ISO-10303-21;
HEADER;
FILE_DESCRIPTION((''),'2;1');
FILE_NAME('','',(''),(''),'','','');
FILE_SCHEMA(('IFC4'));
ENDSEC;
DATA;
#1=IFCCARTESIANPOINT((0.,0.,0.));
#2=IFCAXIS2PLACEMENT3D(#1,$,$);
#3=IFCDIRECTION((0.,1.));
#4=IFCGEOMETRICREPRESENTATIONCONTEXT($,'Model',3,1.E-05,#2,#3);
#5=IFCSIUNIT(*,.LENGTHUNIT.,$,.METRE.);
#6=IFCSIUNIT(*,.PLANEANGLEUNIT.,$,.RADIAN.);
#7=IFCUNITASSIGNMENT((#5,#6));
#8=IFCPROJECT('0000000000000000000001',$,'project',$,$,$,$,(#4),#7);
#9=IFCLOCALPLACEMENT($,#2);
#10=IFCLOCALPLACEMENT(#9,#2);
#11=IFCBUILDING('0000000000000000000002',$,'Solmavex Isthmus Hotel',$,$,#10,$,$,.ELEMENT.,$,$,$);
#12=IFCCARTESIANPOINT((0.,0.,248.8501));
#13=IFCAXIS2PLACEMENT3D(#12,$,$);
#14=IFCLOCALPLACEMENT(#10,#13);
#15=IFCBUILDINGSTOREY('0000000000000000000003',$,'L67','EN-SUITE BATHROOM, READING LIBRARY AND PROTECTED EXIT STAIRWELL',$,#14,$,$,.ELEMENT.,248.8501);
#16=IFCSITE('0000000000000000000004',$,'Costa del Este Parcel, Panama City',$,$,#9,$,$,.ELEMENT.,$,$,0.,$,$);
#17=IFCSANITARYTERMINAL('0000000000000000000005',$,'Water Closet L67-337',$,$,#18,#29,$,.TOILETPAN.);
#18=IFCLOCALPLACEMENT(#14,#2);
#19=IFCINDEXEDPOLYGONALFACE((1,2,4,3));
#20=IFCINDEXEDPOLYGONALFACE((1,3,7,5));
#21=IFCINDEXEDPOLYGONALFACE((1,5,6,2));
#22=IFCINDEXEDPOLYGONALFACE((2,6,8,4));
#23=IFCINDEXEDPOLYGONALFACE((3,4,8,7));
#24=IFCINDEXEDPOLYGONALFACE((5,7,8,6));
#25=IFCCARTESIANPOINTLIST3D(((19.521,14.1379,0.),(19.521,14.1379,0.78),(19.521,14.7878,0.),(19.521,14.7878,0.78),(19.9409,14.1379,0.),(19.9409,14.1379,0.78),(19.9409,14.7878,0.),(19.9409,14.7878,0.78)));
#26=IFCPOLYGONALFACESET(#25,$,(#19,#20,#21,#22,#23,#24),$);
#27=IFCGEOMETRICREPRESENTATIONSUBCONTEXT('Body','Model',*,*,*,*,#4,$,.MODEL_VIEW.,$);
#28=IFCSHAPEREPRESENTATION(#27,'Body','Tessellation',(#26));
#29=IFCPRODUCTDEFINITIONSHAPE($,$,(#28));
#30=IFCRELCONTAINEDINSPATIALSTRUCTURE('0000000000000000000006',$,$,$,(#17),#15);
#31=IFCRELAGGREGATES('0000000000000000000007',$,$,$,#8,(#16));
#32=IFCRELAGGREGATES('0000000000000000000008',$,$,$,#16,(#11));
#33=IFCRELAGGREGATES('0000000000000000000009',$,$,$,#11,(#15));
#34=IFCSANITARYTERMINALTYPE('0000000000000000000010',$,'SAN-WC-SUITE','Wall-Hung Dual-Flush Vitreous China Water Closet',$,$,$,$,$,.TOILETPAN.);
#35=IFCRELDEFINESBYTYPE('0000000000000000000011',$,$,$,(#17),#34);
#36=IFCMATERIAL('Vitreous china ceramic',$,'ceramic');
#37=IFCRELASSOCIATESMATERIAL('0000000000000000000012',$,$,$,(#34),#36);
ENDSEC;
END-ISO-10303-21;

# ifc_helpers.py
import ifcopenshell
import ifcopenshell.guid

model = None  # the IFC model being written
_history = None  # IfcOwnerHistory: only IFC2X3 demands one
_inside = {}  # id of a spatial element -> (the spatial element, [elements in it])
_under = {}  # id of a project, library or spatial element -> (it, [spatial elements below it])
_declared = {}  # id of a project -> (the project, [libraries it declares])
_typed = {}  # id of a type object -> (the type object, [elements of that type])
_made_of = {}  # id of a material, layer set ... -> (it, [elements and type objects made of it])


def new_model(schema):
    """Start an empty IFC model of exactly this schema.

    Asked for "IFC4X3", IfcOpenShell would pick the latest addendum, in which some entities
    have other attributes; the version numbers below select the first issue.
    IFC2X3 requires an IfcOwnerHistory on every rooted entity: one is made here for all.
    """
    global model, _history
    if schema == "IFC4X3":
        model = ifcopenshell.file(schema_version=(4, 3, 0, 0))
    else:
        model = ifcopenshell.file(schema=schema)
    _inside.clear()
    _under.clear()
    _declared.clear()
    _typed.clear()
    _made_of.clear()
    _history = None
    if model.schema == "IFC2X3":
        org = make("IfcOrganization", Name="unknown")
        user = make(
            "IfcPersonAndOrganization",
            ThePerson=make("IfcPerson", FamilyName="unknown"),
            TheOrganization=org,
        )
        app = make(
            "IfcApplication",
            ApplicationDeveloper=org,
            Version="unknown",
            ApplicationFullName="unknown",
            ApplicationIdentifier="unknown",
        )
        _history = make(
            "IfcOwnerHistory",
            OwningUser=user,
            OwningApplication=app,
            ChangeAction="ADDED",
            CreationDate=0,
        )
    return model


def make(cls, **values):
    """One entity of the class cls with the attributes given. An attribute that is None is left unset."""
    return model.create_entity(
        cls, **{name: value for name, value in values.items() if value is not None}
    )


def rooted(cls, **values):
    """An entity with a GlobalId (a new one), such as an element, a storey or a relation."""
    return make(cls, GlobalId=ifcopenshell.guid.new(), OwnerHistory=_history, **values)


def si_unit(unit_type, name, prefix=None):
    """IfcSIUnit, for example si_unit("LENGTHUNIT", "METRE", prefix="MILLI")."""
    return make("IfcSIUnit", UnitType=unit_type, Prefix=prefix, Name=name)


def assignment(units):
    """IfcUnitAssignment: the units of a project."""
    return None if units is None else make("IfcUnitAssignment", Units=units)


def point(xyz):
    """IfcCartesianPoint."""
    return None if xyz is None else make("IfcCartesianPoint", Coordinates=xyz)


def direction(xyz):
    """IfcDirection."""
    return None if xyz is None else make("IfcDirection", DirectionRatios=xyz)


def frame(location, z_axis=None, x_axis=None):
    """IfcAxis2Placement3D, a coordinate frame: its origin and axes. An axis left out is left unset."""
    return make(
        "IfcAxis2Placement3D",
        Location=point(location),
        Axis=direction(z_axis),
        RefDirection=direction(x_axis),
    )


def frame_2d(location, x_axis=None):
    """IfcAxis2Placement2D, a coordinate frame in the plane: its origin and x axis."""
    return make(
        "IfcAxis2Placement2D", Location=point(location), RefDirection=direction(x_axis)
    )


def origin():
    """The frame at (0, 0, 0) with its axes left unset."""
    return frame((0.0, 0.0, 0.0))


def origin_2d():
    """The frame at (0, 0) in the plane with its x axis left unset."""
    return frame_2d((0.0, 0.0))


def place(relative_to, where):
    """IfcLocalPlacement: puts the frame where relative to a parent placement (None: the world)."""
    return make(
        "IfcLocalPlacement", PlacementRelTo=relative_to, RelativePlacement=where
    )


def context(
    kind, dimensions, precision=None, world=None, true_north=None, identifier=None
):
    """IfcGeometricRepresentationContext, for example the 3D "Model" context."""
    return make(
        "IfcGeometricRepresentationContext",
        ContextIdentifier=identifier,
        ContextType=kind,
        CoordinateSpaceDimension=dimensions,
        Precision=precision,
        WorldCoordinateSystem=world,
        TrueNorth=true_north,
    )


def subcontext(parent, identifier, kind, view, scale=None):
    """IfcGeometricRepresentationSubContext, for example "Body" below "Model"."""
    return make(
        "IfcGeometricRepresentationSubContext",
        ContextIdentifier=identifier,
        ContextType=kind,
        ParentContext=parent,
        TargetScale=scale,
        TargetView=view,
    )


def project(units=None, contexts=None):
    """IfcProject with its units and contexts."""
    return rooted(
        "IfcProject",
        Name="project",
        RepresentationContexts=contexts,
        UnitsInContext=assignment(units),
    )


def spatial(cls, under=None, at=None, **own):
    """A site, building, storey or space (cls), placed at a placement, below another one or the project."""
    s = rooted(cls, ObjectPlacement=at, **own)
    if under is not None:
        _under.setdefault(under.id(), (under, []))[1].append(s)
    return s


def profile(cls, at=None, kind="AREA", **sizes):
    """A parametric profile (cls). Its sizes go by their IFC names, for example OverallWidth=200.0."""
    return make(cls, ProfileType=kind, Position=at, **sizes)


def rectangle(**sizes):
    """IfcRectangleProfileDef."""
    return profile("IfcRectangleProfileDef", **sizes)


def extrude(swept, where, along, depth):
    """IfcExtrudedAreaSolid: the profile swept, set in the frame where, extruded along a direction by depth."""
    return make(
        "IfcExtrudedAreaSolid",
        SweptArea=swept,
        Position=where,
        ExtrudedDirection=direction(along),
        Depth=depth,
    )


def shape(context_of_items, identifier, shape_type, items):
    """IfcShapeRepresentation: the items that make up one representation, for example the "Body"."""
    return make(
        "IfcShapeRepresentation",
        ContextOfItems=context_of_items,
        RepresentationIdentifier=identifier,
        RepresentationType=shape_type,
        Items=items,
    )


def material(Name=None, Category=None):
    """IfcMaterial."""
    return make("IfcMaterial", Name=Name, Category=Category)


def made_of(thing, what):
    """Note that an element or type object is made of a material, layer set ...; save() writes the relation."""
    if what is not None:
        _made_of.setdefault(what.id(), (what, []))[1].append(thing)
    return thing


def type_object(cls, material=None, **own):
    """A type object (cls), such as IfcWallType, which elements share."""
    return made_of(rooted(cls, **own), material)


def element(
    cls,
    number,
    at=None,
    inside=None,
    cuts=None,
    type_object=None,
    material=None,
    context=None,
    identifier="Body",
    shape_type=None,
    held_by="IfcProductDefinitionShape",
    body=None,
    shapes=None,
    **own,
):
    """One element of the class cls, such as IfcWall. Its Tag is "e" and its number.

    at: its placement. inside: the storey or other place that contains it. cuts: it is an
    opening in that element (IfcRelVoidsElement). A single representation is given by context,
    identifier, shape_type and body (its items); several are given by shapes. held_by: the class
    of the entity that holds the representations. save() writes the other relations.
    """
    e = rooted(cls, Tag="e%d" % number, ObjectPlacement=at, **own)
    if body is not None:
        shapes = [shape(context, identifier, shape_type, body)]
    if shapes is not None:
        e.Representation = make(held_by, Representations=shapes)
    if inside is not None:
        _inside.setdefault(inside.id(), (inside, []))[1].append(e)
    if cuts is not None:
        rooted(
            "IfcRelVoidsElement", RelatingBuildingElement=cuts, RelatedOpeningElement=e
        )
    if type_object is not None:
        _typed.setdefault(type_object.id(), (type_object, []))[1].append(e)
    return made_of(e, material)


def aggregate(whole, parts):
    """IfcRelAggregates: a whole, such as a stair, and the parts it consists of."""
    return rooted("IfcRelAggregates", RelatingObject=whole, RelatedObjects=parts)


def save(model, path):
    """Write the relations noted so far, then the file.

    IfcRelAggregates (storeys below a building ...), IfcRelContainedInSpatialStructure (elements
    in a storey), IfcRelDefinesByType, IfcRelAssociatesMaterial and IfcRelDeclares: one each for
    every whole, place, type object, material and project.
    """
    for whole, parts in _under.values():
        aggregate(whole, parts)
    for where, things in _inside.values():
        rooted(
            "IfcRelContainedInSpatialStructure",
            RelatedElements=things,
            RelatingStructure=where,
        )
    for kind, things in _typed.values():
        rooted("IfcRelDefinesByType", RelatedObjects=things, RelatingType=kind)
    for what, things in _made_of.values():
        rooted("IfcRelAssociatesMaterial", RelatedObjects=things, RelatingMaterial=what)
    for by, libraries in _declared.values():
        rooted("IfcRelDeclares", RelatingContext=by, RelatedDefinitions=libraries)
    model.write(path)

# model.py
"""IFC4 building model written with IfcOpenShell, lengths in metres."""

from ifc_helpers import new_model, si_unit, direction, frame, origin, origin_2d, place, context, subcontext, project, spatial, rectangle, extrude, material, type_object, element, save


model = new_model("IFC4")

# Units and contexts
model_context = context("Model", 3, precision=1e-05, world=origin(), true_north=direction((0.0, 1.0)))
body_context = subcontext(model_context, "Body", "Model", "MODEL_VIEW")
ifc_project = project(units=[si_unit("LENGTHUNIT", "METRE"), si_unit("PLANEANGLEUNIT", "RADIAN")], contexts=[model_context])

# Site, building, storey
site_placement = place(None, origin())
site = spatial("IfcSite", under=ifc_project, at=site_placement, Name="Costa del Este Parcel, Panama City", CompositionType="ELEMENT", RefElevation=0.0)
building_placement = place(site_placement, origin())
building = spatial("IfcBuilding", under=site, at=building_placement, Name="Solmavex Isthmus Hotel", CompositionType="ELEMENT")
storey_placement = place(building_placement, frame((0.0, 0.0, 248.8501)))
storey = spatial("IfcBuildingStorey", under=building, at=storey_placement, Name="L67", Description="EN-SUITE BATHROOM, READING LIBRARY AND PROTECTED EXIT STAIRWELL", CompositionType="ELEMENT", Elevation=248.8501)

# Sanitary terminal
ifc_material_1 = material(Name="Vitreous china ceramic", Category="ceramic")
sanitary_terminal_type_1 = type_object("IfcSanitaryTerminalType", Name="SAN-WC-SUITE", Description="Wall-Hung Dual-Flush Vitreous China Water Closet", PredefinedType="TOILETPAN", material=ifc_material_1)
sanitary_terminal_1_placement = place(storey_placement, frame((19.731, 14.4629, 0.0), z_axis=(0.0, 0.0, 1.0), x_axis=(1.0, 0.0, 0.0)))
element("IfcSanitaryTerminal", 1, at=sanitary_terminal_1_placement, inside=storey, type_object=sanitary_terminal_type_1, Name="Water Closet L67-337", PredefinedType="TOILETPAN", context=body_context, shape_type="SweptSolid", body=[
    extrude(rectangle(XDim=0.4199, YDim=0.6499, at=origin_2d()), origin(), (0.0, 0.0, 1.0), 0.78),
])

save(model, "model.ifc")
